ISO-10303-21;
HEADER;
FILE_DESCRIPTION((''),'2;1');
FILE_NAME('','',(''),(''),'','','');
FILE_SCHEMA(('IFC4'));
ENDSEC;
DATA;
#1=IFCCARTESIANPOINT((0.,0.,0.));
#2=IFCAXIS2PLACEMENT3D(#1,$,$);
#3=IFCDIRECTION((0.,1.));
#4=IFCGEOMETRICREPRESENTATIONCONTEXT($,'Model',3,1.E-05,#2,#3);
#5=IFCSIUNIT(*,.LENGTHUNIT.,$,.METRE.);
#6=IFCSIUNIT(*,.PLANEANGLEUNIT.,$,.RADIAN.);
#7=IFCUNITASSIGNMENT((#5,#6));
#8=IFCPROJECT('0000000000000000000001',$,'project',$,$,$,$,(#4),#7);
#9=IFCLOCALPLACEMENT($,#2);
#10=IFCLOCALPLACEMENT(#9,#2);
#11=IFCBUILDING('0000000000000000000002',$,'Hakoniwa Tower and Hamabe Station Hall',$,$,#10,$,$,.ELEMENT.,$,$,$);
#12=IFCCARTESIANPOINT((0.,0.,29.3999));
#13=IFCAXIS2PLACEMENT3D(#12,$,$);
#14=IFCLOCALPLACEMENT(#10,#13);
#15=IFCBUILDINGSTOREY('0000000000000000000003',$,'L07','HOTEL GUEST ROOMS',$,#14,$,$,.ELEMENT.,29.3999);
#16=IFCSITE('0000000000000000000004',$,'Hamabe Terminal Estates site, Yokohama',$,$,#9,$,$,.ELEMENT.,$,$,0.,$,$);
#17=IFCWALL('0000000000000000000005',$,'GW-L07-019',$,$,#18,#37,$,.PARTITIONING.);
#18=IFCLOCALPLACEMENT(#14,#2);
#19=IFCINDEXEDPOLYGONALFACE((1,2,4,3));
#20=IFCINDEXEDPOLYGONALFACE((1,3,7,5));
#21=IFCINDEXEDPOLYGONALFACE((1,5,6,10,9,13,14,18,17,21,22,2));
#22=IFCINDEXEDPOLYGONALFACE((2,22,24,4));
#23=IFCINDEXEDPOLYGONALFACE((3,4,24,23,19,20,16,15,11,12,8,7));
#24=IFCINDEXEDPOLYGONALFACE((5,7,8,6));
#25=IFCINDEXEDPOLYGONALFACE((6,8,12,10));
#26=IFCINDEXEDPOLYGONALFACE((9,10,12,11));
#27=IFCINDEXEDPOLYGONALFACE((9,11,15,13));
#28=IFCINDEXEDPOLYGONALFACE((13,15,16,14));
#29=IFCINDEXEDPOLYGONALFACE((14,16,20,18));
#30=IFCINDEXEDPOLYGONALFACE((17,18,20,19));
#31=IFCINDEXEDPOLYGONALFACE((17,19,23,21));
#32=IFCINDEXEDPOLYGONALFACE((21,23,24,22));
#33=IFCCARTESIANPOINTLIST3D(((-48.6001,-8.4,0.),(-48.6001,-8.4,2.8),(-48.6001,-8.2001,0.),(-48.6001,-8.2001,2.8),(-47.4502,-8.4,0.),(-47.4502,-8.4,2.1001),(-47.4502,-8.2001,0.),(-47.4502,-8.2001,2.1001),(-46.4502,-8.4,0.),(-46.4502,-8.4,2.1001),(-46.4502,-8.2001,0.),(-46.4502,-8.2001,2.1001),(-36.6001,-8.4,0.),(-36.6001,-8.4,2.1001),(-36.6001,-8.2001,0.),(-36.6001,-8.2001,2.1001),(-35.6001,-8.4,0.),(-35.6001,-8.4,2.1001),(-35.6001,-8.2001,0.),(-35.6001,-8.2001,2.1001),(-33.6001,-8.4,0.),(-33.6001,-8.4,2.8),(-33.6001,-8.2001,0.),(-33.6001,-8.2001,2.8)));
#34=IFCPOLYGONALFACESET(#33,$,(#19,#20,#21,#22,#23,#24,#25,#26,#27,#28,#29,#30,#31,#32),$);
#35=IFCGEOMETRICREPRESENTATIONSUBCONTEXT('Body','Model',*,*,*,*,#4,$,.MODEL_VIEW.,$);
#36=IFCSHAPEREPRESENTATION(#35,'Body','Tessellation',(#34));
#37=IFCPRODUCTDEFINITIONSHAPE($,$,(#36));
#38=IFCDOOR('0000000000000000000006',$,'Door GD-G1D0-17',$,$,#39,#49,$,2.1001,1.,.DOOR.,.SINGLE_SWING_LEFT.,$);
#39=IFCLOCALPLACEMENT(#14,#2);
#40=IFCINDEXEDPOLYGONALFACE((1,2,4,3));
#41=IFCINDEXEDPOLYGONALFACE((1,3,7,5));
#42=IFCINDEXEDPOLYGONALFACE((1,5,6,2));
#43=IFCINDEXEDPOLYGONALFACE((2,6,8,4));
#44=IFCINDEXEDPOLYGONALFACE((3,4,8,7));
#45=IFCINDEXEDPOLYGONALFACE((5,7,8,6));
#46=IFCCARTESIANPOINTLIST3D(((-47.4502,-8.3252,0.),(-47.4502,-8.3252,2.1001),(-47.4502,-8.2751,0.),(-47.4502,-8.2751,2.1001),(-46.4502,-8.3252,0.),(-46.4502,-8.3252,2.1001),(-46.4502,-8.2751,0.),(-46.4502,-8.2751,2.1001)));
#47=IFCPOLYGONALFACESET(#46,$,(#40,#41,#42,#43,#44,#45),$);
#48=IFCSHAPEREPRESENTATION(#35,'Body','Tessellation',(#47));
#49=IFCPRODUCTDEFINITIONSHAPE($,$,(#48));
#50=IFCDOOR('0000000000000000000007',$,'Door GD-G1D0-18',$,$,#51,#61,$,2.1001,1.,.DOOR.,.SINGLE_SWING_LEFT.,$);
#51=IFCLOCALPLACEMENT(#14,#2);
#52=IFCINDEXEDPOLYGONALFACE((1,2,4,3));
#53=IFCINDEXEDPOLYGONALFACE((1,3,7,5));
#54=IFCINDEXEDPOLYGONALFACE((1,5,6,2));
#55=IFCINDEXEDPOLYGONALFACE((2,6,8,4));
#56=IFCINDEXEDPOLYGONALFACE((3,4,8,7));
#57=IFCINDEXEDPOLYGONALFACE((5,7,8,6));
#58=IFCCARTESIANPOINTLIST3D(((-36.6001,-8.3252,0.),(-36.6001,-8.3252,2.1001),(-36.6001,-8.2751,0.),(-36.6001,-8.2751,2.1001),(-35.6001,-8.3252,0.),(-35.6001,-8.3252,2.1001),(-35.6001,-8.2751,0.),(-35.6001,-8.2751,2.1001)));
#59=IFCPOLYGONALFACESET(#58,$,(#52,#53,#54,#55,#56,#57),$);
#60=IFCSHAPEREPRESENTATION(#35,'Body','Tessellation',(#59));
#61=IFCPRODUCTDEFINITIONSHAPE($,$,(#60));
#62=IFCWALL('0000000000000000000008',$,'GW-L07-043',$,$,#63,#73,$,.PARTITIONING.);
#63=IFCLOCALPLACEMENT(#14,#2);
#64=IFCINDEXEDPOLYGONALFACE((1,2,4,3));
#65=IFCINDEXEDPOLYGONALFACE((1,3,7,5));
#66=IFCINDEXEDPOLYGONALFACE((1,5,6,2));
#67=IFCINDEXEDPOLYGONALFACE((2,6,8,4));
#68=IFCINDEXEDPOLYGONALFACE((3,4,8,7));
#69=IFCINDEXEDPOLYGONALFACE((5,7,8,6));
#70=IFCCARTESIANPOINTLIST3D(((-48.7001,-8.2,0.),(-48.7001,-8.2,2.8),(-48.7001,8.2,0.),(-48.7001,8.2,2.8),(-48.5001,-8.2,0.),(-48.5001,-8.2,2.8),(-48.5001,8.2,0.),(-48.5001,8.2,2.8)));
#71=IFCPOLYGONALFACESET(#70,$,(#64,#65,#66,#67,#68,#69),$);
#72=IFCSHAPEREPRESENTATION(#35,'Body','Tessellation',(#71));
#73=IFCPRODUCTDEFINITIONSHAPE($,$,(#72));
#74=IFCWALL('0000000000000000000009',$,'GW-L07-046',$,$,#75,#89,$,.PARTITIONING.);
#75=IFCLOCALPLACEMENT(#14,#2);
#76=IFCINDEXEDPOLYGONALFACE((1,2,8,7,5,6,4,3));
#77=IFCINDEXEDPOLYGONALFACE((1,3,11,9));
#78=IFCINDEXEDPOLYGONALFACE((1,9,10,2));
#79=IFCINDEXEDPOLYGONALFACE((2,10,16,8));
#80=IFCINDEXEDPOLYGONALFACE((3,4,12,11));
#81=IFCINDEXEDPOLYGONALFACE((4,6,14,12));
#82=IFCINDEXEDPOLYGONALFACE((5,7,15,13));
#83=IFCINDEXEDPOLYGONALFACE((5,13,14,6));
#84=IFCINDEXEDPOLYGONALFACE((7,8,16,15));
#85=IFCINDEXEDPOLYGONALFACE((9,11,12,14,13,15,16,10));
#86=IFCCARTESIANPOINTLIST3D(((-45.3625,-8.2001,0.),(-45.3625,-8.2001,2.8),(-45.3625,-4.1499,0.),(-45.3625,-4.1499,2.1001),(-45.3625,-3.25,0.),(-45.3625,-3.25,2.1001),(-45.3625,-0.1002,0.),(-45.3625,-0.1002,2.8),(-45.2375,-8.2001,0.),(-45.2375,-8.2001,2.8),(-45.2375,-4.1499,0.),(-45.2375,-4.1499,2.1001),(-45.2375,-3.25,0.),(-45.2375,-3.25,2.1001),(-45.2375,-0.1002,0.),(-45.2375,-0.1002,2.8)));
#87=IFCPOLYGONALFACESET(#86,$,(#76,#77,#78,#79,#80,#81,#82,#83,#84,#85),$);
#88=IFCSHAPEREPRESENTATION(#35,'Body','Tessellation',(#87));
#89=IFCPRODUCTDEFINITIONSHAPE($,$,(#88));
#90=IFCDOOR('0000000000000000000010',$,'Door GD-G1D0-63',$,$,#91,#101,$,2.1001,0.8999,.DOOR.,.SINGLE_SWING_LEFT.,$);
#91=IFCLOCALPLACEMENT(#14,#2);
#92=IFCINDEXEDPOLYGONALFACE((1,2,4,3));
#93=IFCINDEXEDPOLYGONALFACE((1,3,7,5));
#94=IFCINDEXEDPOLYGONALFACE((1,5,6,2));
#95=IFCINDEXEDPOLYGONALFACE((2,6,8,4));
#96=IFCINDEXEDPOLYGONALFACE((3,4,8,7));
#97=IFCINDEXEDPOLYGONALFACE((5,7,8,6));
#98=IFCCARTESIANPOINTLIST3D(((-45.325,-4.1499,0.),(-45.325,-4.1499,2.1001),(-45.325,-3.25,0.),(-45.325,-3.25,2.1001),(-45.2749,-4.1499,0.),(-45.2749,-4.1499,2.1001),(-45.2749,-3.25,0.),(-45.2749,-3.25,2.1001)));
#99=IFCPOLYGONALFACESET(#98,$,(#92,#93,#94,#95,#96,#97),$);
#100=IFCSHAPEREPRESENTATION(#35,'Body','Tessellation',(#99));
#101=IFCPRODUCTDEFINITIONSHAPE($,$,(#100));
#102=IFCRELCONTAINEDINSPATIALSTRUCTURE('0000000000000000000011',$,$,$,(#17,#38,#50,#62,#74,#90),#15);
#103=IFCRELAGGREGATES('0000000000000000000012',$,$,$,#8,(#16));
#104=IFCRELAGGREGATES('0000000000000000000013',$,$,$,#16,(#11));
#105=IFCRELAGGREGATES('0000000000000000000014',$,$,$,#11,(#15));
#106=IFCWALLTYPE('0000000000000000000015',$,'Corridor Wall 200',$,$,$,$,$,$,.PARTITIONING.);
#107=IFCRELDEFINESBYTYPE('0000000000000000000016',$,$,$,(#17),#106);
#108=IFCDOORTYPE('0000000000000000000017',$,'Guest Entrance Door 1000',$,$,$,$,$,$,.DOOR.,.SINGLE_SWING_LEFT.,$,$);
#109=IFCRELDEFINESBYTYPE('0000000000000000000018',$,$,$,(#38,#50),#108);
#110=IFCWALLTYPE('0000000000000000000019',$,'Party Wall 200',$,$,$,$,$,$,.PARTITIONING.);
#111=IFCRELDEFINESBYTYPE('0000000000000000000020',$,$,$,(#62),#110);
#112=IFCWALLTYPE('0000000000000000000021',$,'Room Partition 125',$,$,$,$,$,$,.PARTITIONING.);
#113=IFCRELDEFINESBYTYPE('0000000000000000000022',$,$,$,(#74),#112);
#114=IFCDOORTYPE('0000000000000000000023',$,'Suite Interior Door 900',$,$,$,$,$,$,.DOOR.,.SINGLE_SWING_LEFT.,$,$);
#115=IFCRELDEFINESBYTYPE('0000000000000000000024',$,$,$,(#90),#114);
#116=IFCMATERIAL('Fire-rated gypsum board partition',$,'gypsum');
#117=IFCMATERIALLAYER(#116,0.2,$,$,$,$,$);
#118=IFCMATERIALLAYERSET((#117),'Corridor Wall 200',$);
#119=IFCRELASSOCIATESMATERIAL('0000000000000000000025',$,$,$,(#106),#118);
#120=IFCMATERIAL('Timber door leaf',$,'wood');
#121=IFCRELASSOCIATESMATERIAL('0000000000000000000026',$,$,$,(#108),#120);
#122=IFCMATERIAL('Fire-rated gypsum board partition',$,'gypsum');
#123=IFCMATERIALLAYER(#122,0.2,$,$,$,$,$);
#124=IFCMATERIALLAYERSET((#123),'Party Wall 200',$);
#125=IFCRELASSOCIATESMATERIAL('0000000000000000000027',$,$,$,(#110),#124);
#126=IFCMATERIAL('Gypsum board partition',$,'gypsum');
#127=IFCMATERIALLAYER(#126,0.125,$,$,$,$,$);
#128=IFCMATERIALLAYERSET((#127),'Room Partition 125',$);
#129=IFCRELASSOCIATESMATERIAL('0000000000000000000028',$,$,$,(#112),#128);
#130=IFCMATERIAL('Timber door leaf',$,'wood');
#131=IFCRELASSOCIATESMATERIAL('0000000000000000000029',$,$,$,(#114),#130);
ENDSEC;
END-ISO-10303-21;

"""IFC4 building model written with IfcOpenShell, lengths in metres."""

from ifc_helpers import new_model, si_unit, direction, frame, frame_2d, origin, place, context, subcontext, project, spatial, rectangle, extrude, material, layer, layer_set, type_object, element, fill, save


model = new_model("IFC4")

# Units and contexts
model_context = context("Model", 3, precision=1e-05, world=origin(), true_north=direction((0.0, 1.0)))
body_context = subcontext(model_context, "Body", "Model", "MODEL_VIEW")
ifc_project = project(units=[si_unit("LENGTHUNIT", "METRE"), si_unit("PLANEANGLEUNIT", "RADIAN")], contexts=[model_context])

# Site, building, storey
site_placement = place(None, origin())
site = spatial("IfcSite", under=ifc_project, at=site_placement, Name="Hamabe Terminal Estates site, Yokohama", CompositionType="ELEMENT", RefElevation=0.0)
building_placement = place(site_placement, origin())
building = spatial("IfcBuilding", under=site, at=building_placement, Name="Hakoniwa Tower and Hamabe Station Hall", CompositionType="ELEMENT")
storey_placement = place(building_placement, frame((0.0, 0.0, 29.3999)))
storey = spatial("IfcBuildingStorey", under=building, at=storey_placement, Name="L07", Description="HOTEL GUEST ROOMS", CompositionType="ELEMENT", Elevation=29.3999)

# Wall, openings, doors
ifc_material_1 = material(Name="Fire-rated gypsum board partition", Category="gypsum")
ifc_layer_1 = layer(ifc_material_1, 0.2)
ifc_layer_set_1 = layer_set([ifc_layer_1], Name="Corridor Wall 200")
wall_type_1 = type_object("IfcWallType", Name="Corridor Wall 200", PredefinedType="PARTITIONING", material=ifc_layer_set_1)
ifc_material_2 = material(Name="Timber door leaf", Category="wood")
door_type_1 = type_object("IfcDoorType", Name="Guest Entrance Door 1000", OperationType="SINGLE_SWING_LEFT", PredefinedType="DOOR", material=ifc_material_2)
wall_1_placement = place(storey_placement, frame((-48.6001, -8.3, 0.0), z_axis=(0.0, 0.0, 1.0), x_axis=(1.0, 0.0, 0.0)))
wall_1 = element("IfcWall", 1, at=wall_1_placement, inside=storey, type_object=wall_type_1, Name="GW-L07-019", PredefinedType="PARTITIONING", context=body_context, shape_type="SweptSolid", body=[
    extrude(rectangle(XDim=15.0, YDim=0.2, at=frame_2d((7.5, 0.0))), origin(), (0.0, 0.0, 1.0), 2.8),
])
opening_1_placement = place(wall_1_placement, frame((1.1499, 0.0, 0.0)))
opening_1 = element("IfcOpeningElement", 2, at=opening_1_placement, cuts=wall_1, PredefinedType="OPENING", context=body_context, shape_type="SweptSolid", body=[
    extrude(rectangle(XDim=1.0, YDim=2.1001, at=frame_2d((0.5, 1.05))), frame((0.0, 0.1099, 0.0), z_axis=(0.0, -1.0, 0.0), x_axis=(1.0, 0.0, 0.0)), (0.0, 0.0, 1.0), 0.22),
])
opening_2_placement = place(wall_1_placement, frame((12.0, 0.0, 0.0)))
opening_2 = element("IfcOpeningElement", 3, at=opening_2_placement, cuts=wall_1, PredefinedType="OPENING", context=body_context, shape_type="SweptSolid", body=[
    extrude(rectangle(XDim=1.0, YDim=2.1001, at=frame_2d((0.5, 1.05))), frame((0.0, 0.1099, 0.0), z_axis=(0.0, -1.0, 0.0), x_axis=(1.0, 0.0, 0.0)), (0.0, 0.0, 1.0), 0.22),
])
door_1_placement = place(opening_1_placement, origin())
door_1 = element("IfcDoor", 4, at=door_1_placement, inside=storey, type_object=door_type_1, Name="Door GD-G1D0-17", OperationType="SINGLE_SWING_LEFT", OverallHeight=2.1001, OverallWidth=1.0, PredefinedType="DOOR", context=body_context, shape_type="SweptSolid", body=[
    extrude(rectangle(XDim=1.0, YDim=2.1001, at=frame_2d((0.5, 1.05))), frame((0.0, 0.0249, 0.0), z_axis=(0.0, -1.0, 0.0), x_axis=(1.0, 0.0, 0.0)), (0.0, 0.0, 1.0), 0.05),
])
fill(opening_1, door_1)
door_2_placement = place(opening_2_placement, origin())
door_2 = element("IfcDoor", 5, at=door_2_placement, inside=storey, type_object=door_type_1, Name="Door GD-G1D0-18", OperationType="SINGLE_SWING_LEFT", OverallHeight=2.1001, OverallWidth=1.0, PredefinedType="DOOR", context=body_context, shape_type="SweptSolid", body=[
    extrude(rectangle(XDim=1.0, YDim=2.1001, at=frame_2d((0.5, 1.05))), frame((0.0, 0.0249, 0.0), z_axis=(0.0, -1.0, 0.0), x_axis=(1.0, 0.0, 0.0)), (0.0, 0.0, 1.0), 0.05),
])
fill(opening_2, door_2)

# Wall
ifc_material_3 = material(Name="Fire-rated gypsum board partition", Category="gypsum")
ifc_layer_2 = layer(ifc_material_3, 0.2)
ifc_layer_set_2 = layer_set([ifc_layer_2], Name="Party Wall 200")
wall_type_2 = type_object("IfcWallType", Name="Party Wall 200", PredefinedType="PARTITIONING", material=ifc_layer_set_2)
wall_2_placement = place(storey_placement, frame((-48.6001, -8.2, 0.0), z_axis=(0.0, 0.0, 1.0), x_axis=(0.0, 1.0, 0.0)))
element("IfcWall", 6, at=wall_2_placement, inside=storey, type_object=wall_type_2, Name="GW-L07-043", PredefinedType="PARTITIONING", context=body_context, shape_type="SweptSolid", body=[
    extrude(rectangle(XDim=16.3999, YDim=0.2, at=frame_2d((8.2, 0.0))), origin(), (0.0, 0.0, 1.0), 2.8),
])

# Wall, opening, door
ifc_material_4 = material(Name="Gypsum board partition", Category="gypsum")
ifc_layer_3 = layer(ifc_material_4, 0.125)
ifc_layer_set_3 = layer_set([ifc_layer_3], Name="Room Partition 125")
wall_type_3 = type_object("IfcWallType", Name="Room Partition 125", PredefinedType="PARTITIONING", material=ifc_layer_set_3)
wall_3_placement = place(storey_placement, frame((-45.3, -8.2, 0.0), z_axis=(0.0, 0.0, 1.0), x_axis=(0.0, 1.0, 0.0)))
wall_3 = element("IfcWall", 7, at=wall_3_placement, inside=storey, type_object=wall_type_3, Name="GW-L07-046", PredefinedType="PARTITIONING", context=body_context, shape_type="SweptSolid", body=[
    extrude(rectangle(XDim=8.0999, YDim=0.125, at=frame_2d((4.0498, 0.0))), origin(), (0.0, 0.0, 1.0), 2.8),
])
opening_3_placement = place(wall_3_placement, frame((4.05, 0.0, 0.0)))
opening_3 = element("IfcOpeningElement", 8, at=opening_3_placement, cuts=wall_3, PredefinedType="OPENING", context=body_context, shape_type="SweptSolid", body=[
    extrude(rectangle(XDim=0.8999, YDim=2.1001, at=frame_2d((0.45, 1.05))), frame((0.0, 0.0725, 0.0), z_axis=(0.0, -1.0, 0.0), x_axis=(1.0, 0.0, 0.0)), (0.0, 0.0, 1.0), 0.145),
])
ifc_material_5 = material(Name="Timber door leaf", Category="wood")
door_type_2 = type_object("IfcDoorType", Name="Suite Interior Door 900", OperationType="SINGLE_SWING_LEFT", PredefinedType="DOOR", material=ifc_material_5)
door_3_placement = place(opening_3_placement, origin())
door_3 = element("IfcDoor", 9, at=door_3_placement, inside=storey, type_object=door_type_2, Name="Door GD-G1D0-63", OperationType="SINGLE_SWING_LEFT", OverallHeight=2.1001, OverallWidth=0.8999, PredefinedType="DOOR", context=body_context, shape_type="SweptSolid", body=[
    extrude(rectangle(XDim=0.8999, YDim=2.1001, at=frame_2d((0.45, 1.05))), frame((0.0, 0.0249, 0.0), z_axis=(0.0, -1.0, 0.0), x_axis=(1.0, 0.0, 0.0)), (0.0, 0.0, 1.0), 0.05),
])
fill(opening_3, door_3)

save(model, "model.ifc")
